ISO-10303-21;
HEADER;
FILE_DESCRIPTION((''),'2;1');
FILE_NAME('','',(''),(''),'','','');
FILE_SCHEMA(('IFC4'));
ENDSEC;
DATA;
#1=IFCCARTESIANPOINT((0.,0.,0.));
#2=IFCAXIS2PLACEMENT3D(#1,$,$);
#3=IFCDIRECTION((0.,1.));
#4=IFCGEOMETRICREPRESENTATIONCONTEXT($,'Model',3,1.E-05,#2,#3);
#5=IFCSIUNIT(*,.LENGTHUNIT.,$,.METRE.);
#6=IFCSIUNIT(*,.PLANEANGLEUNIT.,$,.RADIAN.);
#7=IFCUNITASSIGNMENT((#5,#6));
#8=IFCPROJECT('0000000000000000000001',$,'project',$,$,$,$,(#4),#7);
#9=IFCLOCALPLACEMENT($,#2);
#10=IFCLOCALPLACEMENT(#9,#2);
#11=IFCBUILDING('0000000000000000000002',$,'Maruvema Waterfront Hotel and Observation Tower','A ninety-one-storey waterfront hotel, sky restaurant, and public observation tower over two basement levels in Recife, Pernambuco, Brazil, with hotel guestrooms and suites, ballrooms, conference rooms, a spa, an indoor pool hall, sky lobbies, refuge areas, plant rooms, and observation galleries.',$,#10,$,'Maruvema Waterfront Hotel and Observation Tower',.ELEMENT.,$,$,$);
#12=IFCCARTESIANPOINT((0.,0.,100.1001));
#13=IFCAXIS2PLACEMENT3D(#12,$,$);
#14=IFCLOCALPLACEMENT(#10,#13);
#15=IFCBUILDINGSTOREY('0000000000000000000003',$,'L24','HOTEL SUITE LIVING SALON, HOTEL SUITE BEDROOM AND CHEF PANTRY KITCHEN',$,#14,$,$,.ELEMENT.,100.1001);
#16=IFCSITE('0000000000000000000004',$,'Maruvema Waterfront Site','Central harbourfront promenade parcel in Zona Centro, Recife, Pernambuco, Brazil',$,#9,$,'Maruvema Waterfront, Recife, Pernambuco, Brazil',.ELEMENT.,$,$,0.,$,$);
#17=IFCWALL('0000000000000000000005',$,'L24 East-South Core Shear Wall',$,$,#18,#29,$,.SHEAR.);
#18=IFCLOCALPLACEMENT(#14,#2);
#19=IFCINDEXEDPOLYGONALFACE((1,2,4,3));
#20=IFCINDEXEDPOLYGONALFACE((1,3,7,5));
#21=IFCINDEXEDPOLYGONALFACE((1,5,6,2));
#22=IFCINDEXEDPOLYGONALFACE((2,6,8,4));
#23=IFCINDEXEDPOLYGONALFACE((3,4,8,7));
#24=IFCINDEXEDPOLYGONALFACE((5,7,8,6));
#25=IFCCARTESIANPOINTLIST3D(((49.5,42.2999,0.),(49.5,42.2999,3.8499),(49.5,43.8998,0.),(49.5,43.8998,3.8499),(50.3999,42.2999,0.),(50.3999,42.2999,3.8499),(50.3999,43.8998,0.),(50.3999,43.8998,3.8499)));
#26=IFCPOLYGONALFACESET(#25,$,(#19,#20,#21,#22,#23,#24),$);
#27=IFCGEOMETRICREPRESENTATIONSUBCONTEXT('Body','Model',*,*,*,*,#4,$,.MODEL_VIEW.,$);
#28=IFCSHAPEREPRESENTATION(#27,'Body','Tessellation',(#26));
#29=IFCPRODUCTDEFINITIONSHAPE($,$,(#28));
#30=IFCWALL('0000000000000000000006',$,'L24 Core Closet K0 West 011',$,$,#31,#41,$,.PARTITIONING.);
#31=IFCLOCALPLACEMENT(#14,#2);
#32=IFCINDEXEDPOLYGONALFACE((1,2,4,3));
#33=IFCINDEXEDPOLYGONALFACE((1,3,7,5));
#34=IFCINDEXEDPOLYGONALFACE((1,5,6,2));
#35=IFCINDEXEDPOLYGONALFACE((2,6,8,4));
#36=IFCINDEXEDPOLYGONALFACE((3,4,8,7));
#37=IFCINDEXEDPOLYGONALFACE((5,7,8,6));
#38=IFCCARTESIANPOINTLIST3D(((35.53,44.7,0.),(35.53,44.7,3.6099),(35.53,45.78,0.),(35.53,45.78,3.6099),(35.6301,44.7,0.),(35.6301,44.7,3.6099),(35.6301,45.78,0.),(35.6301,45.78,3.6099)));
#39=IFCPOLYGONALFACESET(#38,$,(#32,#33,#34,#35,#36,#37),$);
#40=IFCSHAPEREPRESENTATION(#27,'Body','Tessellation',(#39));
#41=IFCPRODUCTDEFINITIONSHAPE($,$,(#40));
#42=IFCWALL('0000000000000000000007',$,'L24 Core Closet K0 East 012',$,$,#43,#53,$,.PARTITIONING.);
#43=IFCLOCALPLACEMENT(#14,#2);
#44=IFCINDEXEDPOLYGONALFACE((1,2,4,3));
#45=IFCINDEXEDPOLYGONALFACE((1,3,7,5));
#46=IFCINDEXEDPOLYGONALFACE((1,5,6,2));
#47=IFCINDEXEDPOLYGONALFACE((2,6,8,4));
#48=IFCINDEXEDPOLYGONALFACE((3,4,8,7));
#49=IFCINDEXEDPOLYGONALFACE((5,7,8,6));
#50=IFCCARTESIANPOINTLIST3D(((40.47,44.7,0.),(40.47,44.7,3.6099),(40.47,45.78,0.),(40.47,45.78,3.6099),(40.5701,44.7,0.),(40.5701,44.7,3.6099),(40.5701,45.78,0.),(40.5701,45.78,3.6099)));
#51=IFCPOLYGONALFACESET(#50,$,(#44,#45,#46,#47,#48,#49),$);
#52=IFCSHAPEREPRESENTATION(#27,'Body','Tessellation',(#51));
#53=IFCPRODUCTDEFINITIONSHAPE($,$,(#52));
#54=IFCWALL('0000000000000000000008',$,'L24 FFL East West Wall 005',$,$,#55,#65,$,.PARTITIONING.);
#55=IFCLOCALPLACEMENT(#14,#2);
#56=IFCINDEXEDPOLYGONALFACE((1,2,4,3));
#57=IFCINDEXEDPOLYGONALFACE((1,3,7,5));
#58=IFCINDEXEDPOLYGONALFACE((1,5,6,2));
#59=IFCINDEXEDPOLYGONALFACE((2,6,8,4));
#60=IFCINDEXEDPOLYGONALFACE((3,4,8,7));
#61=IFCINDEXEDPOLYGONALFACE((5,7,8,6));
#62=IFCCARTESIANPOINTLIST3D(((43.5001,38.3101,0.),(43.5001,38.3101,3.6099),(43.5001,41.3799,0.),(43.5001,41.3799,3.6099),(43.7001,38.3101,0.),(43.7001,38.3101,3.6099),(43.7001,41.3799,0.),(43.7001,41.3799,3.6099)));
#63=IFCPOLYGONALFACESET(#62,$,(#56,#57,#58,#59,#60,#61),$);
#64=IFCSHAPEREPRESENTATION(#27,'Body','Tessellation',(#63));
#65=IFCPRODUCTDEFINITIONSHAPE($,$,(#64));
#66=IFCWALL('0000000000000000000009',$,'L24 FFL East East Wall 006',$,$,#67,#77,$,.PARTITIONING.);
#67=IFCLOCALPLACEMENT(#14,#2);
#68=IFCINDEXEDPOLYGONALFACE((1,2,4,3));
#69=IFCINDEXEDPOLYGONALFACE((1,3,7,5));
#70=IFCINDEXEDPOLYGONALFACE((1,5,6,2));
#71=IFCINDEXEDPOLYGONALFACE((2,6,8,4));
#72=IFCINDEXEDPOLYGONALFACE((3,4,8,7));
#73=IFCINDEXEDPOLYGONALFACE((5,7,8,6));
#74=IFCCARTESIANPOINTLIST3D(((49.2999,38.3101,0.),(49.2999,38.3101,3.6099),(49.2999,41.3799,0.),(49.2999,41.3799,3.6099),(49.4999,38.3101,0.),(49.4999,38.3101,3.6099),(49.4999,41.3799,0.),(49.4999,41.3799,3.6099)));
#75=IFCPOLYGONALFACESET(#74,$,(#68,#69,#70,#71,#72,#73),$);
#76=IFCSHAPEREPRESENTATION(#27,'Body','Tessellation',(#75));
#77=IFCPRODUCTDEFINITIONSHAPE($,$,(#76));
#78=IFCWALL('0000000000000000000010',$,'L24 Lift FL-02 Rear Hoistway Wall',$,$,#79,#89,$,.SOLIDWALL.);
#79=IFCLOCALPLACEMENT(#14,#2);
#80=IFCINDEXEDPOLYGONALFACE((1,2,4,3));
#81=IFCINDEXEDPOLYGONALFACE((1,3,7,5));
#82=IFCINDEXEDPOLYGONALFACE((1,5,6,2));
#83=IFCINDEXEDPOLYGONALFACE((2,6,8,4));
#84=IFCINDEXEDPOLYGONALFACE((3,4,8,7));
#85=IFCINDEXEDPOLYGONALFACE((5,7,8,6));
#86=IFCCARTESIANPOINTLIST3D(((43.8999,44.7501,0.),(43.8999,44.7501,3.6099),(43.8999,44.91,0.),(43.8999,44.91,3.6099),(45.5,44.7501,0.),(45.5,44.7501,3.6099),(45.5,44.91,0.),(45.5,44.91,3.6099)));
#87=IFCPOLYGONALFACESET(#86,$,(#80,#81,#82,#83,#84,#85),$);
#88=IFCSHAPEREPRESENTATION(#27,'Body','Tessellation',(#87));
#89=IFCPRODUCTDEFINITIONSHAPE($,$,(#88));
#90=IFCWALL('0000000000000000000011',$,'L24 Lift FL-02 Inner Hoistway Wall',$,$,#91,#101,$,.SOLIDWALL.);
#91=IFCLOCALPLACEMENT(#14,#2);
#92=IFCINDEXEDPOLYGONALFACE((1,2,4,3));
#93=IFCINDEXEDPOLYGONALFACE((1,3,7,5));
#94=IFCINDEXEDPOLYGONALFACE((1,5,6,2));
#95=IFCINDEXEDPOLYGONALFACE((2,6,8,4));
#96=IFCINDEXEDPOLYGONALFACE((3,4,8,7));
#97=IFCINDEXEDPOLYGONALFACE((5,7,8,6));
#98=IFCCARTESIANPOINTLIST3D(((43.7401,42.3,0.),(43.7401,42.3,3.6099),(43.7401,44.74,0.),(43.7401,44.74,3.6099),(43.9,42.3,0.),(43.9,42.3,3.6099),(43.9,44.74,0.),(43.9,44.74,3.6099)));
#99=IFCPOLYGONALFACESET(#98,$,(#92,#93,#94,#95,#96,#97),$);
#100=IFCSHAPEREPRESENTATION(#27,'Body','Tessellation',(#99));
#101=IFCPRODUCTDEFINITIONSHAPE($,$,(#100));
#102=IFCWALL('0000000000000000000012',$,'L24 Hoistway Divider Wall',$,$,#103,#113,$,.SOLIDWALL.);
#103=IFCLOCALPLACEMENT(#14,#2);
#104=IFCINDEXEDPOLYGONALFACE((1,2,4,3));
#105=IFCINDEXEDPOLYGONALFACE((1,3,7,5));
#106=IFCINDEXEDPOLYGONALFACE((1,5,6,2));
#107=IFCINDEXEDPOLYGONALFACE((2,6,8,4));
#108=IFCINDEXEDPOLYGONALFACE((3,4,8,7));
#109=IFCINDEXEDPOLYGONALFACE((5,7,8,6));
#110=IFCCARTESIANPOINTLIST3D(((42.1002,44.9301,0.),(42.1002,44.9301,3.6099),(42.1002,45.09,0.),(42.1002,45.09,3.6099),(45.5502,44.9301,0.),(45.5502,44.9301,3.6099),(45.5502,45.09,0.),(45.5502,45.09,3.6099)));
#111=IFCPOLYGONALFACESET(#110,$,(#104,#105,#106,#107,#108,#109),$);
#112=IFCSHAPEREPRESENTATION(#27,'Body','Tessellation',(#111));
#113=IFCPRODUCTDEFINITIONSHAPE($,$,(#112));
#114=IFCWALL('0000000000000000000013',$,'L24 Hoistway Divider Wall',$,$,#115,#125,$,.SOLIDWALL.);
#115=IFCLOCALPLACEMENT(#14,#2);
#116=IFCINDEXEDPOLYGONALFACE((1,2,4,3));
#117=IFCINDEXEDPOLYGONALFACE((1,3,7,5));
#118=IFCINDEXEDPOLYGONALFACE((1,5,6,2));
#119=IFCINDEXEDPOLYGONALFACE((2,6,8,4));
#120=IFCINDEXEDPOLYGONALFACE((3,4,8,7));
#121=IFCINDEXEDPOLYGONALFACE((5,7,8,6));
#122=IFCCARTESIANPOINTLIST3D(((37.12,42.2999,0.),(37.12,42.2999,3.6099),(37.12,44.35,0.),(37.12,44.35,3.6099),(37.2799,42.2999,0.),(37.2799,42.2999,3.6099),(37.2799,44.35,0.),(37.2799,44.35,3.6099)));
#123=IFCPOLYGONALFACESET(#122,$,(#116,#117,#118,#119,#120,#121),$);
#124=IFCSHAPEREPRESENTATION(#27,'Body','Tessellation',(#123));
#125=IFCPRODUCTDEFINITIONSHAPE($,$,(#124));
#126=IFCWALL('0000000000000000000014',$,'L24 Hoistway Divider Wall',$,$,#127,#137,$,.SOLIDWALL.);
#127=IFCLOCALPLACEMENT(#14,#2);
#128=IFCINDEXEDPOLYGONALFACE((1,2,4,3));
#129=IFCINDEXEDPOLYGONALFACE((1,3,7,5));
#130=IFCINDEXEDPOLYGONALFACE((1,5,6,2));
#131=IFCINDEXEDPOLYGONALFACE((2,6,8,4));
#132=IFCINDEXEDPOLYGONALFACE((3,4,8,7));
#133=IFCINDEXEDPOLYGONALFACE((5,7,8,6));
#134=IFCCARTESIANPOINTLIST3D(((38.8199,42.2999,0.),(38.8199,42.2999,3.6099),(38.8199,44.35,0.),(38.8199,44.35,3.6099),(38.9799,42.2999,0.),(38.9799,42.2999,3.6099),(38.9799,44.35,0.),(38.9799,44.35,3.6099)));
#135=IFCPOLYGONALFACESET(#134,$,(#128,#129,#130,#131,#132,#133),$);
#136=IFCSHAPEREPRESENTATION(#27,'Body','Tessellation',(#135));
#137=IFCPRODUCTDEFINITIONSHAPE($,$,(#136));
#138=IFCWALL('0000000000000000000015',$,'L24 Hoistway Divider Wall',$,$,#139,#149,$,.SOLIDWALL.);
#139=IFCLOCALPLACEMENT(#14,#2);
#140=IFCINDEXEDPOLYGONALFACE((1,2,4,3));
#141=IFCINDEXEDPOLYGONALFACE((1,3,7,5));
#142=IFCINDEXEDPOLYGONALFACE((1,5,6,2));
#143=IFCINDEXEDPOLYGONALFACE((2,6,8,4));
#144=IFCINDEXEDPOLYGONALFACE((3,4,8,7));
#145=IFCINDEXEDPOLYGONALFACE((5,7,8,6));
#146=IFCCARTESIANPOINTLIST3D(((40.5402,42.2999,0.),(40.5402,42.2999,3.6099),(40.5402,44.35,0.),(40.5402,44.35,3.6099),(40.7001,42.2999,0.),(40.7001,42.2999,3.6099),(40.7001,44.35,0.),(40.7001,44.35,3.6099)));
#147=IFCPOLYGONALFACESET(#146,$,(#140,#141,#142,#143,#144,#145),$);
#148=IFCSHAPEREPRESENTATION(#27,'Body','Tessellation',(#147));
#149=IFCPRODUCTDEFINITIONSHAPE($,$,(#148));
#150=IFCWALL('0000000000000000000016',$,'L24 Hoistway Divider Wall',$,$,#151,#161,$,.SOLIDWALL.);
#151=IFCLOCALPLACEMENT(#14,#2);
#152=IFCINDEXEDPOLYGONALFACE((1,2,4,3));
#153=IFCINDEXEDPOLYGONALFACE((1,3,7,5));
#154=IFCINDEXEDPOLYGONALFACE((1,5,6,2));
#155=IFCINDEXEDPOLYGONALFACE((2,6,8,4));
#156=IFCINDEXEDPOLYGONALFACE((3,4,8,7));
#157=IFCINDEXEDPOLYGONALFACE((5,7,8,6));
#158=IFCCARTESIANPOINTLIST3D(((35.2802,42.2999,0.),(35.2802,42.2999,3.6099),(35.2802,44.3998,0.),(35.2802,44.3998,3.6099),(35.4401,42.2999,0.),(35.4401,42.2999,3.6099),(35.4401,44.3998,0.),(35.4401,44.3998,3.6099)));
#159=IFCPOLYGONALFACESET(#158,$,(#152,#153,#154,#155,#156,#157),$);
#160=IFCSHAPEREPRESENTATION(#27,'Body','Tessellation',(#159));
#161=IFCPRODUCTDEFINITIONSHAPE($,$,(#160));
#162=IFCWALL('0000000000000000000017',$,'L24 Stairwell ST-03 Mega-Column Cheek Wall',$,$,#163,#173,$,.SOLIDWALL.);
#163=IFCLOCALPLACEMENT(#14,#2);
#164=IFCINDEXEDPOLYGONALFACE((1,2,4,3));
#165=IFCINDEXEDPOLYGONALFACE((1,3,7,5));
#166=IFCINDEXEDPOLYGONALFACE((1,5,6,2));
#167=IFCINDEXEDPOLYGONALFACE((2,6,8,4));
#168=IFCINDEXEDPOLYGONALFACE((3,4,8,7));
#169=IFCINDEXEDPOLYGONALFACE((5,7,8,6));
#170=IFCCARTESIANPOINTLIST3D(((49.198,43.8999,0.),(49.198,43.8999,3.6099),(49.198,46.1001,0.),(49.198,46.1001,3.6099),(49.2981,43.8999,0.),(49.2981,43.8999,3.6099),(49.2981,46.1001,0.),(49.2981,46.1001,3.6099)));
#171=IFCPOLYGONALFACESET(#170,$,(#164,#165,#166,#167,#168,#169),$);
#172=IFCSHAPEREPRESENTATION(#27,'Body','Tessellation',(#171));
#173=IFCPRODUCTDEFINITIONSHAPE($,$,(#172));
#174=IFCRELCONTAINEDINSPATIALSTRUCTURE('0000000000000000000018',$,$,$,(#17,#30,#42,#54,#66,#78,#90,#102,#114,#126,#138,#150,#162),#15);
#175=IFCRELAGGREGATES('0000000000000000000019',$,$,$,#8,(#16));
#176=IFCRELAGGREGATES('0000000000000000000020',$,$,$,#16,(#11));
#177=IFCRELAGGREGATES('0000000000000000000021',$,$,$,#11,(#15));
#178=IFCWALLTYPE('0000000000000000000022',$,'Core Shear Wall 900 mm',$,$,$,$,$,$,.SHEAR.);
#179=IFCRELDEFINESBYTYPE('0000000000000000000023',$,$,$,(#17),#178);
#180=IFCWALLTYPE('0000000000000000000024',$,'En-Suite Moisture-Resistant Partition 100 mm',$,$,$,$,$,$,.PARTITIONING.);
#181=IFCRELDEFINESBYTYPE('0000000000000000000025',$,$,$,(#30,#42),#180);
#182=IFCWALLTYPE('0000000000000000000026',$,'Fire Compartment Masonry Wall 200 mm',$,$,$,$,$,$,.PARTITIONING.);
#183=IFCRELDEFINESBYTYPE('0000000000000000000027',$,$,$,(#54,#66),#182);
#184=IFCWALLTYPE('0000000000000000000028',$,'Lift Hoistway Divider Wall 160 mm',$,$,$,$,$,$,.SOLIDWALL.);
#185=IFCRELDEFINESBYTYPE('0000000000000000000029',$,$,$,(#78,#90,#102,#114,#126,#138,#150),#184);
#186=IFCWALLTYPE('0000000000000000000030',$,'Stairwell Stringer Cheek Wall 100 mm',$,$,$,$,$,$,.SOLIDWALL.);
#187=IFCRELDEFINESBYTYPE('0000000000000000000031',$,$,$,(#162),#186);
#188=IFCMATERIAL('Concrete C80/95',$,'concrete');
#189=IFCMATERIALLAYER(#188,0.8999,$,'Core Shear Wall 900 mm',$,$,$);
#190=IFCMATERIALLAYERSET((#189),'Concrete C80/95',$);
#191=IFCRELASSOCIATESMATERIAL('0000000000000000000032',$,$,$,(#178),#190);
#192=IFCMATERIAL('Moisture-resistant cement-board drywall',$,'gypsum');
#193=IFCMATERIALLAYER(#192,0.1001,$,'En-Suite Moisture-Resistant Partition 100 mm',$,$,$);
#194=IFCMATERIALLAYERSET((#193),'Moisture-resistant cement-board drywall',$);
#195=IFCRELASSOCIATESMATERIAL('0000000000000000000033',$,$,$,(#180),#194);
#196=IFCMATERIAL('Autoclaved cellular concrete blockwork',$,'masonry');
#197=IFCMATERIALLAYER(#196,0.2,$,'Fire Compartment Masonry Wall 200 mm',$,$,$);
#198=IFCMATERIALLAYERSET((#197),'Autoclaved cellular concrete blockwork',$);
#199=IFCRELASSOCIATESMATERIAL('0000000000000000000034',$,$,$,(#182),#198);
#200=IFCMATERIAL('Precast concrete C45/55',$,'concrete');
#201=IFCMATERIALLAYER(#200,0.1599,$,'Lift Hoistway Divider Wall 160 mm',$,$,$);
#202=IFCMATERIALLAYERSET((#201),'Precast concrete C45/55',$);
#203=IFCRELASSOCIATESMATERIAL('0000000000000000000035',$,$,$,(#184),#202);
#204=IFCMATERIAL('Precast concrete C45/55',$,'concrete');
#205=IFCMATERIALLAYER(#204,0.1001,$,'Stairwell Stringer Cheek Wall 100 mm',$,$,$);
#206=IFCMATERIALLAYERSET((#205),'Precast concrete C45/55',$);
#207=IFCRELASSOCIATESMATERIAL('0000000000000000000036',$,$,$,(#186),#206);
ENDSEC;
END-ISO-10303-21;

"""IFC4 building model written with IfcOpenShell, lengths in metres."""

from ifc_helpers import new_model, si_unit, direction, frame, frame_2d, origin, place, context, subcontext, project, spatial, rectangle, extrude, material, layer, layer_set, type_object, element, save


model = new_model("IFC4")

# Units and contexts
model_context = context("Model", 3, precision=1e-05, world=origin(), true_north=direction((0.0, 1.0)))
body_context = subcontext(model_context, "Body", "Model", "MODEL_VIEW")
ifc_project = project(units=[si_unit("LENGTHUNIT", "METRE"), si_unit("PLANEANGLEUNIT", "RADIAN")], contexts=[model_context])

# Site, building, storey
site_placement = place(None, origin())
site = spatial("IfcSite", under=ifc_project, at=site_placement, Name="Maruvema Waterfront Site", Description="Central harbourfront promenade parcel in Zona Centro, Recife, Pernambuco, Brazil", LongName="Maruvema Waterfront, Recife, Pernambuco, Brazil", CompositionType="ELEMENT", RefElevation=0.0)
building_placement = place(site_placement, origin())
building = spatial("IfcBuilding", under=site, at=building_placement, Name="Maruvema Waterfront Hotel and Observation Tower", Description="A ninety-one-storey waterfront hotel, sky restaurant, and public observation tower over two basement levels in Recife, Pernambuco, Brazil, with hotel guestrooms and suites, ballrooms, conference rooms, a spa, an indoor pool hall, sky lobbies, refuge areas, plant rooms, and observation galleries.", LongName="Maruvema Waterfront Hotel and Observation Tower", CompositionType="ELEMENT")
storey_placement = place(building_placement, frame((0.0, 0.0, 100.1001)))
storey = spatial("IfcBuildingStorey", under=building, at=storey_placement, Name="L24", Description="HOTEL SUITE LIVING SALON, HOTEL SUITE BEDROOM AND CHEF PANTRY KITCHEN", CompositionType="ELEMENT", Elevation=100.1001)

# Shared definitions
ifc_material_1 = material(Name="Concrete C80/95", Category="concrete")
ifc_layer_1 = layer(ifc_material_1, 0.8999, Name="Core Shear Wall 900 mm")
ifc_layer_set_1 = layer_set([ifc_layer_1], Name="Concrete C80/95")
wall_type_1 = type_object("IfcWallType", Name="Core Shear Wall 900 mm", PredefinedType="SHEAR", material=ifc_layer_set_1)

# Walls
wall_1_placement = place(storey_placement, frame((49.95, 42.3, 0.0), z_axis=(0.0, 0.0, 1.0), x_axis=(0.0, 1.0, 0.0)))
element("IfcWall", 1, at=wall_1_placement, inside=storey, type_object=wall_type_1, Name="L24 East-South Core Shear Wall", PredefinedType="SHEAR", context=body_context, shape_type="SweptSolid", body=[
    extrude(rectangle(XDim=1.5999, YDim=0.8999, at=frame_2d((0.7998, 0.0))), origin(), (0.0, 0.0, 1.0), 3.8499),
])
ifc_material_2 = material(Name="Moisture-resistant cement-board drywall", Category="gypsum")
ifc_layer_2 = layer(ifc_material_2, 0.1001, Name="En-Suite Moisture-Resistant Partition 100 mm")
ifc_layer_set_2 = layer_set([ifc_layer_2], Name="Moisture-resistant cement-board drywall")
wall_type_2 = type_object("IfcWallType", Name="En-Suite Moisture-Resistant Partition 100 mm", PredefinedType="PARTITIONING", material=ifc_layer_set_2)
for number, where, z_axis, x_axis, name in (
    (2, (35.5801, 44.7, 0.0), (0.0, 0.0, 1.0), (0.0, 1.0, 0.0), "L24 Core Closet K0 West 011"),
    (3, (40.52, 44.7, 0.0), (0.0, 0.0, 1.0), (0.0, 1.0, 0.0), "L24 Core Closet K0 East 012"),
):
    element("IfcWall", number, at=place(storey_placement, frame(where, z_axis=z_axis, x_axis=x_axis)), inside=storey, type_object=wall_type_2, Name=name, PredefinedType="PARTITIONING", context=body_context, shape_type="SweptSolid", body=[
        extrude(rectangle(XDim=1.0801, YDim=0.1001, at=frame_2d((0.54, 0.0))), origin(), (0.0, 0.0, 1.0), 3.6099),
    ])

# Shared definitions
ifc_material_3 = material(Name="Autoclaved cellular concrete blockwork", Category="masonry")
ifc_layer_3 = layer(ifc_material_3, 0.2, Name="Fire Compartment Masonry Wall 200 mm")
ifc_layer_set_3 = layer_set([ifc_layer_3], Name="Autoclaved cellular concrete blockwork")
wall_type_3 = type_object("IfcWallType", Name="Fire Compartment Masonry Wall 200 mm", PredefinedType="PARTITIONING", material=ifc_layer_set_3)

# Walls
for number, where, z_axis, x_axis, name in (
    (4, (43.6001, 38.3101, 0.0), (0.0, 0.0, 1.0), (0.0, 1.0, 0.0), "L24 FFL East West Wall 005"),
    (5, (49.3999, 38.3101, 0.0), (0.0, 0.0, 1.0), (0.0, 1.0, 0.0), "L24 FFL East East Wall 006"),
):
    element("IfcWall", number, at=place(storey_placement, frame(where, z_axis=z_axis, x_axis=x_axis)), inside=storey, type_object=wall_type_3, Name=name, PredefinedType="PARTITIONING", context=body_context, shape_type="SweptSolid", body=[
        extrude(rectangle(XDim=3.0698, YDim=0.2, at=frame_2d((1.5349, 0.0))), origin(), (0.0, 0.0, 1.0), 3.6099),
    ])
ifc_material_4 = material(Name="Precast concrete C45/55", Category="concrete")
ifc_layer_4 = layer(ifc_material_4, 0.1599, Name="Lift Hoistway Divider Wall 160 mm")
ifc_layer_set_4 = layer_set([ifc_layer_4], Name="Precast concrete C45/55")
wall_type_4 = type_object("IfcWallType", Name="Lift Hoistway Divider Wall 160 mm", PredefinedType="SOLIDWALL", material=ifc_layer_set_4)
wall_2_placement = place(storey_placement, frame((43.8999, 44.8301, 0.0), z_axis=(0.0, 0.0, 1.0), x_axis=(1.0, 0.0, 0.0)))
element("IfcWall", 6, at=wall_2_placement, inside=storey, type_object=wall_type_4, Name="L24 Lift FL-02 Rear Hoistway Wall", PredefinedType="SOLIDWALL", context=body_context, shape_type="SweptSolid", body=[
    extrude(rectangle(XDim=1.6001, YDim=0.1599, at=frame_2d((0.8, 0.0))), origin(), (0.0, 0.0, 1.0), 3.6099),
])
wall_3_placement = place(storey_placement, frame((43.8201, 42.3, 0.0), z_axis=(0.0, 0.0, 1.0), x_axis=(0.0, 1.0, 0.0)))
element("IfcWall", 7, at=wall_3_placement, inside=storey, type_object=wall_type_4, Name="L24 Lift FL-02 Inner Hoistway Wall", PredefinedType="SOLIDWALL", context=body_context, shape_type="SweptSolid", body=[
    extrude(rectangle(XDim=2.4399, YDim=0.1599, at=frame_2d((1.22, 0.0))), origin(), (0.0, 0.0, 1.0), 3.6099),
])
wall_4_placement = place(storey_placement, frame((42.1001, 45.01, 0.0), z_axis=(0.0, 0.0, 1.0), x_axis=(1.0, 0.0, 0.0)))
element("IfcWall", 8, at=wall_4_placement, inside=storey, type_object=wall_type_4, Name="L24 Hoistway Divider Wall", PredefinedType="SOLIDWALL", context=body_context, shape_type="SweptSolid", body=[
    extrude(rectangle(XDim=3.45, YDim=0.1599, at=frame_2d((1.7251, 0.0))), origin(), (0.0, 0.0, 1.0), 3.6099),
])
for number, where, z_axis, x_axis, name in (
    (9, (37.2, 42.3, 0.0), (0.0, 0.0, 1.0), (0.0, 1.0, 0.0), "L24 Hoistway Divider Wall"),
    (10, (38.8999, 42.3, 0.0), (0.0, 0.0, 1.0), (0.0, 1.0, 0.0), "L24 Hoistway Divider Wall"),
    (11, (40.6201, 42.3, 0.0), (0.0, 0.0, 1.0), (0.0, 1.0, 0.0), "L24 Hoistway Divider Wall"),
):
    element("IfcWall", number, at=place(storey_placement, frame(where, z_axis=z_axis, x_axis=x_axis)), inside=storey, type_object=wall_type_4, Name=name, PredefinedType="SOLIDWALL", context=body_context, shape_type="SweptSolid", body=[
        extrude(rectangle(XDim=2.05, YDim=0.1599, at=frame_2d((1.0249, 0.0))), origin(), (0.0, 0.0, 1.0), 3.6099),
    ])
wall_5_placement = place(storey_placement, frame((35.3601, 42.3, 0.0), z_axis=(0.0, 0.0, 1.0), x_axis=(0.0, 1.0, 0.0)))
element("IfcWall", 12, at=wall_5_placement, inside=storey, type_object=wall_type_4, Name="L24 Hoistway Divider Wall", PredefinedType="SOLIDWALL", context=body_context, shape_type="SweptSolid", body=[
    extrude(rectangle(XDim=2.0999, YDim=0.1599, at=frame_2d((1.0498, 0.0))), origin(), (0.0, 0.0, 1.0), 3.6099),
])
ifc_material_5 = material(Name="Precast concrete C45/55", Category="concrete")
ifc_layer_5 = layer(ifc_material_5, 0.1001, Name="Stairwell Stringer Cheek Wall 100 mm")
ifc_layer_set_5 = layer_set([ifc_layer_5], Name="Precast concrete C45/55")
wall_type_5 = type_object("IfcWallType", Name="Stairwell Stringer Cheek Wall 100 mm", PredefinedType="SOLIDWALL", material=ifc_layer_set_5)
wall_6_placement = place(storey_placement, frame((49.248, 43.8999, 0.0), z_axis=(0.0, 0.0, 1.0), x_axis=(0.0, 1.0, 0.0)))
element("IfcWall", 13, at=wall_6_placement, inside=storey, type_object=wall_type_5, Name="L24 Stairwell ST-03 Mega-Column Cheek Wall", PredefinedType="SOLIDWALL", context=body_context, shape_type="SweptSolid", body=[
    extrude(rectangle(XDim=2.2002, YDim=0.1001, at=frame_2d((1.1001, 0.0))), origin(), (0.0, 0.0, 1.0), 3.6099),
])

save(model, "model.ifc")
